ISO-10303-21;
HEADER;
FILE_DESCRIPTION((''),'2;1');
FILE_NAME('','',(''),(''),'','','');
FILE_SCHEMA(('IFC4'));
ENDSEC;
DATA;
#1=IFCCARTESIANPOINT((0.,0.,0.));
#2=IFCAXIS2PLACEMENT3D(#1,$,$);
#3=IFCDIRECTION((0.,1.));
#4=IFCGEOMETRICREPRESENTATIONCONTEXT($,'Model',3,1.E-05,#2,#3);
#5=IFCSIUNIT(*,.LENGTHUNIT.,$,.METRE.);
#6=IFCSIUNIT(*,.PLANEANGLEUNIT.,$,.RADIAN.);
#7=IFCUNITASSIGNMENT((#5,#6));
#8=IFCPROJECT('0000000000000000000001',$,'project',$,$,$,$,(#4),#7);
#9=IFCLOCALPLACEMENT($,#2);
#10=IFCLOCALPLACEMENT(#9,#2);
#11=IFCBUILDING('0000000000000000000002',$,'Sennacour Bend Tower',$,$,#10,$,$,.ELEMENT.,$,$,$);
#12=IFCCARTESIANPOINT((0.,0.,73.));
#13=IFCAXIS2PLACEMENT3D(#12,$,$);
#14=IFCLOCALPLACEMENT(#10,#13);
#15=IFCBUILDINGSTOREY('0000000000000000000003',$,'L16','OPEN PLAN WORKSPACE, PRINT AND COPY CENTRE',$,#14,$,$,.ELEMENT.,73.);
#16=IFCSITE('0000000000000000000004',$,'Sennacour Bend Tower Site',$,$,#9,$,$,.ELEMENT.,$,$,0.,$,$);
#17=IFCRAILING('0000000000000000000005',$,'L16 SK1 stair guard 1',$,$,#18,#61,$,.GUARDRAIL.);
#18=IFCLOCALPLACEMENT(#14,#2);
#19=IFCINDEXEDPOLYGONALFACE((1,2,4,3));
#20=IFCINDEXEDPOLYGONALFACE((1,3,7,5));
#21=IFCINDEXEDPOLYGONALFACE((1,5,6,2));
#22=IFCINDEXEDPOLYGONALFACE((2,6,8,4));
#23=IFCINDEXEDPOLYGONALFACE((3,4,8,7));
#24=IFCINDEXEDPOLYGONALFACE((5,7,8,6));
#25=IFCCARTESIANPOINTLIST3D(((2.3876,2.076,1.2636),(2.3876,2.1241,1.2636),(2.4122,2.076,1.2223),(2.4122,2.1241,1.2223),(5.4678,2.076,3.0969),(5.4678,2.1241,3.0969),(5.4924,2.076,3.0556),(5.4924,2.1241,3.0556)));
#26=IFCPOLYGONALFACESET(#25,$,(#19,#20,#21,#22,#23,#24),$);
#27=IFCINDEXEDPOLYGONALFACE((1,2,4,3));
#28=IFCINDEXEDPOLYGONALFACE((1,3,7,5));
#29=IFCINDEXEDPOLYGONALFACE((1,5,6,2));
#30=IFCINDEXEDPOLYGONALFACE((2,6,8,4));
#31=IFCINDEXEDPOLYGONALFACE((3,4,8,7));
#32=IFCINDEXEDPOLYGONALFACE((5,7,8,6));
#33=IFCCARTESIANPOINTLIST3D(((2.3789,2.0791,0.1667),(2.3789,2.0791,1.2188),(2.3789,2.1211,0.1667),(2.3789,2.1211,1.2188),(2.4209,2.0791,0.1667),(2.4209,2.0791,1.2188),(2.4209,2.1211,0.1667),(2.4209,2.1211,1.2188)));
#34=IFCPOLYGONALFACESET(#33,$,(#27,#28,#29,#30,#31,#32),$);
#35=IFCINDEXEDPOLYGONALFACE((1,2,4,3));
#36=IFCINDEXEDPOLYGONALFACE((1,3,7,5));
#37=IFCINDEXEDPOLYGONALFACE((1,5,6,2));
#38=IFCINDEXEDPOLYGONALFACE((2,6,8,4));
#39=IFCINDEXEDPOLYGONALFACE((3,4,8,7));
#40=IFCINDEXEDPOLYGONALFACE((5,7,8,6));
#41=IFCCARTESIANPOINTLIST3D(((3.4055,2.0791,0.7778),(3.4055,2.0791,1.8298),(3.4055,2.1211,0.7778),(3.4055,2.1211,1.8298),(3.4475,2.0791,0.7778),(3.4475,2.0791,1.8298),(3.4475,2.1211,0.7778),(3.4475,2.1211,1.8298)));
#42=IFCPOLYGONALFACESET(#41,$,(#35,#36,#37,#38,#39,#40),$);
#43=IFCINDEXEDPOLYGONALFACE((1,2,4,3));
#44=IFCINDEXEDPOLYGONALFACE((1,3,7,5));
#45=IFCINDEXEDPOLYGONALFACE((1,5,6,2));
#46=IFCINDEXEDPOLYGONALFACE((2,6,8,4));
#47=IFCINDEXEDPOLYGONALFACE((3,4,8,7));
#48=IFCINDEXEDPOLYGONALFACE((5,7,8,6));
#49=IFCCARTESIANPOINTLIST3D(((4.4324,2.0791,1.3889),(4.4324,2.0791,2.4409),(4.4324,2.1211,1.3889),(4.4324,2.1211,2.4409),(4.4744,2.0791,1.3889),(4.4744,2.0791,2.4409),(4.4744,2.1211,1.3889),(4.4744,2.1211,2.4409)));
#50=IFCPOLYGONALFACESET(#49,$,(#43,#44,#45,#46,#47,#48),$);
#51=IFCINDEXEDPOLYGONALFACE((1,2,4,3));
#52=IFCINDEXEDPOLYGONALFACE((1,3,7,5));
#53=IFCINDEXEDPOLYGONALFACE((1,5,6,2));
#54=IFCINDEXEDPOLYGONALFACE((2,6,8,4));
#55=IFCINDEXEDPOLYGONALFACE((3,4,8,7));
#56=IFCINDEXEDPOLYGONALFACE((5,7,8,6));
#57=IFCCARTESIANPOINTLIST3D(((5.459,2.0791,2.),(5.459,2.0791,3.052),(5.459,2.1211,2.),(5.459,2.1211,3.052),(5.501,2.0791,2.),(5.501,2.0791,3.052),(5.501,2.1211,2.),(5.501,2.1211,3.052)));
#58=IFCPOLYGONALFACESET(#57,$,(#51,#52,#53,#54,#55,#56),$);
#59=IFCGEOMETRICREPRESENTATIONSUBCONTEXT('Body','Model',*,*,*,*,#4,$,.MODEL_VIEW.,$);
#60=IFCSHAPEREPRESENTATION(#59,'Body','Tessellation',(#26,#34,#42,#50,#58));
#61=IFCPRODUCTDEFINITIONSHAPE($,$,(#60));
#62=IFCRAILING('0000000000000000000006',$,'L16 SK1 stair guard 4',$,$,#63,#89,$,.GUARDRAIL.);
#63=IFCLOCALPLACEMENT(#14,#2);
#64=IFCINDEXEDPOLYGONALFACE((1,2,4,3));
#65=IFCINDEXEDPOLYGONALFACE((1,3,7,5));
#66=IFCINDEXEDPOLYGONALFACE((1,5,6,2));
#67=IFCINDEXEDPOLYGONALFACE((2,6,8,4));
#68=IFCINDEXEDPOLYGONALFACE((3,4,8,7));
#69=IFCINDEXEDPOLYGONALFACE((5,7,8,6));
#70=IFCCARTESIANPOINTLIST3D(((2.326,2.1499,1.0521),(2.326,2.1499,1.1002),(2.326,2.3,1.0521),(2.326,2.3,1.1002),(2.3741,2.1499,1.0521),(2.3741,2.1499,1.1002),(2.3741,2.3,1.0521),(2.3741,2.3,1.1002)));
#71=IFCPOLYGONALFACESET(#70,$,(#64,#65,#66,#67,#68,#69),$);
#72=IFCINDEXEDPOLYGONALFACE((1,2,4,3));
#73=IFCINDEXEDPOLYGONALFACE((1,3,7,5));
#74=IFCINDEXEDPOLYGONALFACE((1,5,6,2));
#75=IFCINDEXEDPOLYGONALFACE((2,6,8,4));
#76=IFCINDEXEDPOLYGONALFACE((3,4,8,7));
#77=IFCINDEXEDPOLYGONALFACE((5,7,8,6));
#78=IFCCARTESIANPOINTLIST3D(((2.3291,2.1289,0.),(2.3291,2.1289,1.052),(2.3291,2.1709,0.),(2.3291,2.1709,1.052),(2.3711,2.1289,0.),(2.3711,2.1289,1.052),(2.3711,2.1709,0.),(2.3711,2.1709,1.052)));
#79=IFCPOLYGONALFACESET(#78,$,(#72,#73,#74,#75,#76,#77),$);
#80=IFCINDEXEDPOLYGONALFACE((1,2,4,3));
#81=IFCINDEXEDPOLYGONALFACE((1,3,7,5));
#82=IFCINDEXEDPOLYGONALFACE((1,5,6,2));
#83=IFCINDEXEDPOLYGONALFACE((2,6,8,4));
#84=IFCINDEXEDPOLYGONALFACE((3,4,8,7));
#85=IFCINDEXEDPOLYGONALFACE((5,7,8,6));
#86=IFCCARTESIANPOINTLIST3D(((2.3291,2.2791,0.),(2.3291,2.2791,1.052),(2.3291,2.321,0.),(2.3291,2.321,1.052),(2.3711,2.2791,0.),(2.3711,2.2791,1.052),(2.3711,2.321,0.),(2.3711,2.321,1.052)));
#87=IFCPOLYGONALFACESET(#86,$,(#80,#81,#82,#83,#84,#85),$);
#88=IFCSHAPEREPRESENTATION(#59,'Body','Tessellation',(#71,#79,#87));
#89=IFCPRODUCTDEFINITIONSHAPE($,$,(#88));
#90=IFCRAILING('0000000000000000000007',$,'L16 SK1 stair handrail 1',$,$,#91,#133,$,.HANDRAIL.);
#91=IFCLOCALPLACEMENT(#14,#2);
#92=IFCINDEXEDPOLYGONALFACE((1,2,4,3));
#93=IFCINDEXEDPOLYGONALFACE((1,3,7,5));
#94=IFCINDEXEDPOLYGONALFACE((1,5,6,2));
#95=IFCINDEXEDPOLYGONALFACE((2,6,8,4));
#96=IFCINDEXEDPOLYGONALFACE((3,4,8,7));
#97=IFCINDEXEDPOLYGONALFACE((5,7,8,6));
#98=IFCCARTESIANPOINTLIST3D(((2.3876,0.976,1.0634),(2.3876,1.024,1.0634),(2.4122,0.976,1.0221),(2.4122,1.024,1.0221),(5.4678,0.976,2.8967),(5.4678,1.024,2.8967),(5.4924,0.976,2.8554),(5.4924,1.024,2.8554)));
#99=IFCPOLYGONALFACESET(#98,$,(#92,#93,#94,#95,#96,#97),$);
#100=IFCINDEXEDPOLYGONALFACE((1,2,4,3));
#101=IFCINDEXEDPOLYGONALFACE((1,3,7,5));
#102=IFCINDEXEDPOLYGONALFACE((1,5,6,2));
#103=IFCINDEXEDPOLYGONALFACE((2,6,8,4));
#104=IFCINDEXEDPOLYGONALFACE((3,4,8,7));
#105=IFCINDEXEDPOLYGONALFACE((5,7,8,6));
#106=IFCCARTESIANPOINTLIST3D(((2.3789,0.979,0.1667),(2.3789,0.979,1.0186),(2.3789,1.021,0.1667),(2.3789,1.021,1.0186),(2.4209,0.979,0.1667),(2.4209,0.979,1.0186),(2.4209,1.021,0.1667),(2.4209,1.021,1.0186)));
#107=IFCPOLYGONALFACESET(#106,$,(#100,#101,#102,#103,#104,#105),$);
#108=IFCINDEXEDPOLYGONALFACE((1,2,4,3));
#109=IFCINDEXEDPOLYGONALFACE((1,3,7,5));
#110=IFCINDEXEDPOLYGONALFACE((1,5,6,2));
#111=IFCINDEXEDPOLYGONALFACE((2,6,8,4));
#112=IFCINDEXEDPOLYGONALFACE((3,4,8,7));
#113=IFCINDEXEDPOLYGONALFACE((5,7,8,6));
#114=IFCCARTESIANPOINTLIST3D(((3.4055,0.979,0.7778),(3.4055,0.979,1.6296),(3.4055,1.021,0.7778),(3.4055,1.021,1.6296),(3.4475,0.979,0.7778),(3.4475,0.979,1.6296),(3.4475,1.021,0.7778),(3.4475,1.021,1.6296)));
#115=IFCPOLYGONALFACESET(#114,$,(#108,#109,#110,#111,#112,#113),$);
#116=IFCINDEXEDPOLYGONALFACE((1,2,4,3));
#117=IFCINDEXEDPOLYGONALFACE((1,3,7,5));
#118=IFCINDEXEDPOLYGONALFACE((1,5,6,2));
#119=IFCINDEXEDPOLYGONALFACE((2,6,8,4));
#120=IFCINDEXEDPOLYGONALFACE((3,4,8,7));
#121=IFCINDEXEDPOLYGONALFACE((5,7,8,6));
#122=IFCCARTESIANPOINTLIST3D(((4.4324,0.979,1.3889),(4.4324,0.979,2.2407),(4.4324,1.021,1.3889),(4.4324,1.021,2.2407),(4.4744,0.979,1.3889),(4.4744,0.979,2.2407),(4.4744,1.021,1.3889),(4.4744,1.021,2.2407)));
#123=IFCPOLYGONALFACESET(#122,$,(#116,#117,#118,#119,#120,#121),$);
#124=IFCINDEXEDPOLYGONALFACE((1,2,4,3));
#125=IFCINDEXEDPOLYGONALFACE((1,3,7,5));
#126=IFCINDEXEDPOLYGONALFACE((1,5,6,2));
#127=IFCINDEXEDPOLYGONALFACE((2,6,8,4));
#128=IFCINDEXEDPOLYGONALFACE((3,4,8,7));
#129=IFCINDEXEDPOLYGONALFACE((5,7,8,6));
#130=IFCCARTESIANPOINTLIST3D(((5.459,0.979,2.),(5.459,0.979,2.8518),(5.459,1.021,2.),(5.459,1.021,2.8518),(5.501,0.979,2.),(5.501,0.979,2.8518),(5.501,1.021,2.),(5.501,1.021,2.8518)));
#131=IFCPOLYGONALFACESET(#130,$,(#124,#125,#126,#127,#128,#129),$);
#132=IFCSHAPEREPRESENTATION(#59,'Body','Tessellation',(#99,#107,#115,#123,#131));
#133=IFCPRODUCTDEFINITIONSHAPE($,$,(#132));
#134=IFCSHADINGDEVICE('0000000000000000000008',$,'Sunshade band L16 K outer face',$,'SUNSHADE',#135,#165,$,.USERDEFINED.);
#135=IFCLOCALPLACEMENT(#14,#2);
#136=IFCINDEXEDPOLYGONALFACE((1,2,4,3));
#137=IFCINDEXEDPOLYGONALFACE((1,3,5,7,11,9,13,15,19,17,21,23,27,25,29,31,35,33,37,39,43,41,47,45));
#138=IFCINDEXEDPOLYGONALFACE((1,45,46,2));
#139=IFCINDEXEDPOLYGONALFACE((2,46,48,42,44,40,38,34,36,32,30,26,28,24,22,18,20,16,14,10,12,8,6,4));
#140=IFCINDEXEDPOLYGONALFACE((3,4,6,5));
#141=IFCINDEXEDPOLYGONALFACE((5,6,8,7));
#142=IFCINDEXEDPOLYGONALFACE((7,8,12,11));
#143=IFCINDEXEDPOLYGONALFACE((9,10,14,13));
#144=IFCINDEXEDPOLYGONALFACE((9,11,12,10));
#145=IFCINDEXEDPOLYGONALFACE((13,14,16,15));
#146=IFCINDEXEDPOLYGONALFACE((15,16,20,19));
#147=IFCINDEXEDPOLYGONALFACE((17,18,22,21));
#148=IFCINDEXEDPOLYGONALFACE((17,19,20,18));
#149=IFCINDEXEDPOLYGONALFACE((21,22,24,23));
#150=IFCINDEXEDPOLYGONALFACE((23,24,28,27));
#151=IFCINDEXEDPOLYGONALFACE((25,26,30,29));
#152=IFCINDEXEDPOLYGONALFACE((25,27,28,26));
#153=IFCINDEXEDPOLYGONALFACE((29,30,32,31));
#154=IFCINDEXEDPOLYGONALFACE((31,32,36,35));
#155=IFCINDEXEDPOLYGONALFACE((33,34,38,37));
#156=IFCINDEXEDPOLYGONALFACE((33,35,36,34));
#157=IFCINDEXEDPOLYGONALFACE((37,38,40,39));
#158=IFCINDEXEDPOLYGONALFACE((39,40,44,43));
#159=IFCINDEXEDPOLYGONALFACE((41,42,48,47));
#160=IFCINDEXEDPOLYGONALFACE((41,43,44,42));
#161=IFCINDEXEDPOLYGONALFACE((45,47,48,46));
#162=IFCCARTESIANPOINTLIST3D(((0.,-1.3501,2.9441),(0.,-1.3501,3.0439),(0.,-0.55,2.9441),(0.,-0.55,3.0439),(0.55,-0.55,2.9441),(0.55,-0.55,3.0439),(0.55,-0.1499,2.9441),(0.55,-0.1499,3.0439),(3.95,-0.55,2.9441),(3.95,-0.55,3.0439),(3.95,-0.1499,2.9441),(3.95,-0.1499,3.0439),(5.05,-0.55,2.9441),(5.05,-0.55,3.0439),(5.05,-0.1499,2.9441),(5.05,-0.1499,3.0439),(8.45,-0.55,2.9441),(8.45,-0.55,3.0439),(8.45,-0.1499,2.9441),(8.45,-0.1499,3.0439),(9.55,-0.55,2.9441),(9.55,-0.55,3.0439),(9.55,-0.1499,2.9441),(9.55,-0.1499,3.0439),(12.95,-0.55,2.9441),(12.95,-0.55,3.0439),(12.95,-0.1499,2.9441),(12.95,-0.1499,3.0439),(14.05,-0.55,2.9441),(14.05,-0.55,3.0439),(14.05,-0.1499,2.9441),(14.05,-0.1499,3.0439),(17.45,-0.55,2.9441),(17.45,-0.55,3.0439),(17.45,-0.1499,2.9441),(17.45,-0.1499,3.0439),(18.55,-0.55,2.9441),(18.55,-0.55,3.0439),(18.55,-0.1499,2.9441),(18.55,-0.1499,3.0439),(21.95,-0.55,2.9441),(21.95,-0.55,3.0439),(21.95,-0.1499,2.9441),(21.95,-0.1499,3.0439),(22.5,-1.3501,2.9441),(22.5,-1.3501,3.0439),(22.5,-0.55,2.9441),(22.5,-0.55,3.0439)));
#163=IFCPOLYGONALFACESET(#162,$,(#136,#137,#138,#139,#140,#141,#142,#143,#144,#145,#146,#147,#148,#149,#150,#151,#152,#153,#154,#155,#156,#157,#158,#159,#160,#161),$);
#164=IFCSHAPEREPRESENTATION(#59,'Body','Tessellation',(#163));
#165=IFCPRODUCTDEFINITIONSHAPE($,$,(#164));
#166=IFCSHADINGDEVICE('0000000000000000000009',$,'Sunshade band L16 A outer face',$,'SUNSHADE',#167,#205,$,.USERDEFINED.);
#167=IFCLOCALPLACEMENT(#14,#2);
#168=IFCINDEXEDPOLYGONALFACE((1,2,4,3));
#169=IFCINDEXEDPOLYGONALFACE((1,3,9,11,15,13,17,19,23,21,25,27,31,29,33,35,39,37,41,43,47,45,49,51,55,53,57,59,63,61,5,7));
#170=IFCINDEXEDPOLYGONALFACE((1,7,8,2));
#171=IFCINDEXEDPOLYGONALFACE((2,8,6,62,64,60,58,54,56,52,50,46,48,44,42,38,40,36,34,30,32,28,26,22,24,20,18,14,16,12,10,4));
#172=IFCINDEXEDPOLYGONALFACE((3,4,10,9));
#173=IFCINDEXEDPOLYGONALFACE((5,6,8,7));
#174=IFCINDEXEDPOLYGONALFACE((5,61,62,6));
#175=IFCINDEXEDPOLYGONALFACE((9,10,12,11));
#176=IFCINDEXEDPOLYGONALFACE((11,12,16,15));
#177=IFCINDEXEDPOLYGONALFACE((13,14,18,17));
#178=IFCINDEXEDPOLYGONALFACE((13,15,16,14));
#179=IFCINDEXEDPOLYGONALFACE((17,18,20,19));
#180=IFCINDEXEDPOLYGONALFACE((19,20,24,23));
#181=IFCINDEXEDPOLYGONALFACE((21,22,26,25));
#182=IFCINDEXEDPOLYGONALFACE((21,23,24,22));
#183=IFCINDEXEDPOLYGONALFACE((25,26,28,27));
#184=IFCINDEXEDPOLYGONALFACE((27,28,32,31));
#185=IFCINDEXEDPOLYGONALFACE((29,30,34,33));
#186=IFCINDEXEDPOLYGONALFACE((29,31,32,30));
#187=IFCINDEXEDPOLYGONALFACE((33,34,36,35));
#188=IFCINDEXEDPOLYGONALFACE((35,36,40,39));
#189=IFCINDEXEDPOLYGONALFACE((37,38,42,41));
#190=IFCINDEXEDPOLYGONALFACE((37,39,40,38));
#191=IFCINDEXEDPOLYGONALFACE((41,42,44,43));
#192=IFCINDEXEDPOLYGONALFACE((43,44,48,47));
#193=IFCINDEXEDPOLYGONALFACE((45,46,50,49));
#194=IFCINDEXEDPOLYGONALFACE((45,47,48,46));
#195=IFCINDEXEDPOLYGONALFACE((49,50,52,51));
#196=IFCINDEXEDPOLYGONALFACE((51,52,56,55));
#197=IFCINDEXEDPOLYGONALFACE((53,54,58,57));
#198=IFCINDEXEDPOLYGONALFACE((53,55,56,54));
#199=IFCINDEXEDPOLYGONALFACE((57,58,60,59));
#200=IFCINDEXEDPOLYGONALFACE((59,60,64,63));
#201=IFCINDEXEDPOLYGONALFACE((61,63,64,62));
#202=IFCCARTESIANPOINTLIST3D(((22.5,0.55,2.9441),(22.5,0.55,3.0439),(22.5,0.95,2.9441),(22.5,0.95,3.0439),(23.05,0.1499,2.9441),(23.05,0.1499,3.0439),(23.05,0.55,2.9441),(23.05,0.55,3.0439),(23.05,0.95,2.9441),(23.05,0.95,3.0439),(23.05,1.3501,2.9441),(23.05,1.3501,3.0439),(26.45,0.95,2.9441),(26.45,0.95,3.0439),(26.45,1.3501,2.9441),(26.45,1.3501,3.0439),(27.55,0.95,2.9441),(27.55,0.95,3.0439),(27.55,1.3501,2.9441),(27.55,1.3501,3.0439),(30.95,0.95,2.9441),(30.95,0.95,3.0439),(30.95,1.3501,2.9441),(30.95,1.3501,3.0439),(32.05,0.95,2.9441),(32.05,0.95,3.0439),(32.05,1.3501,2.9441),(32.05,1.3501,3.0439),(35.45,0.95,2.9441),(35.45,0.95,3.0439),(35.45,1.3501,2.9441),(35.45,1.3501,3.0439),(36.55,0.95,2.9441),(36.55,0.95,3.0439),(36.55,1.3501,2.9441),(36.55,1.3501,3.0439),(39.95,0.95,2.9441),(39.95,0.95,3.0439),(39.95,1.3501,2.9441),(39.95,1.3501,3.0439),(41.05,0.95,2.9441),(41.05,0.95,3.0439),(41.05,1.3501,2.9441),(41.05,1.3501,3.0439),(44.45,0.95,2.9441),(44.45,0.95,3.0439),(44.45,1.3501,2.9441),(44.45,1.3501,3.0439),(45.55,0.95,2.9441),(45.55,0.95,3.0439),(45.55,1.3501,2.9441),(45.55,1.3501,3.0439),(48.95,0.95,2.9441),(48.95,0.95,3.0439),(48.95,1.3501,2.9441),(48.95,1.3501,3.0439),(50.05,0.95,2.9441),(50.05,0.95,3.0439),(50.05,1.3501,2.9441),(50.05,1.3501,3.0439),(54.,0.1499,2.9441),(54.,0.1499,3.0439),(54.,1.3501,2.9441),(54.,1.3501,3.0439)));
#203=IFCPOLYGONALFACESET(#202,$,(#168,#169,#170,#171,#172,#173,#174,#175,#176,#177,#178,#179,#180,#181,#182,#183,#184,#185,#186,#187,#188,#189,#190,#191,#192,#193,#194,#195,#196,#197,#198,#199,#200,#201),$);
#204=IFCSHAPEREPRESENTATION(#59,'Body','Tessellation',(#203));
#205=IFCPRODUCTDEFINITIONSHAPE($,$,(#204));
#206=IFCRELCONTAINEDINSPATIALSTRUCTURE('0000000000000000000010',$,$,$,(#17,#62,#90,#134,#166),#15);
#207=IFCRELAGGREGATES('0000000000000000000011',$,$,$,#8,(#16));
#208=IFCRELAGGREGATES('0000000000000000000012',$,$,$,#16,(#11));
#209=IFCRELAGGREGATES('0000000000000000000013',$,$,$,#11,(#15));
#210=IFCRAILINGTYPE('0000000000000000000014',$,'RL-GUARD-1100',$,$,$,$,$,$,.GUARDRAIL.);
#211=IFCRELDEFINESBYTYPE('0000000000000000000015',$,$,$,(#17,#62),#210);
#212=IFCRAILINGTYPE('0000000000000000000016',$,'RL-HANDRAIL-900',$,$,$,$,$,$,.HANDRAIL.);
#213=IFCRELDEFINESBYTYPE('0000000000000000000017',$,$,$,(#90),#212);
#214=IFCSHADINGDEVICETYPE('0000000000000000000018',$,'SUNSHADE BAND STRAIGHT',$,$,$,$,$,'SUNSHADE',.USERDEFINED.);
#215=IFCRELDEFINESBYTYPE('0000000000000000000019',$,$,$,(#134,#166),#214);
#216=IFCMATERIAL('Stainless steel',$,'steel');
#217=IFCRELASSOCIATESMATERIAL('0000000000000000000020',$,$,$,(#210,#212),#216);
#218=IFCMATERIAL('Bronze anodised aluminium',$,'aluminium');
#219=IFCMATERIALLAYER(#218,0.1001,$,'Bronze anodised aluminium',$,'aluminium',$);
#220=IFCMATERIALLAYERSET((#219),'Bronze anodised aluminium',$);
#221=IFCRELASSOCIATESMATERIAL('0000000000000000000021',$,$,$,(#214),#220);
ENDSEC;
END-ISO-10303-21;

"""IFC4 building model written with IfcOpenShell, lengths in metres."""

from ifc_helpers import new_model, si_unit, direction, frame, origin, origin_2d, place, context, subcontext, project, spatial, polyline, rectangle, outline, extrude, material, layer, layer_set, type_object, element, save


model = new_model("IFC4")

# Units and contexts
model_context = context("Model", 3, precision=1e-05, world=origin(), true_north=direction((0.0, 1.0)))
body_context = subcontext(model_context, "Body", "Model", "MODEL_VIEW")
ifc_project = project(units=[si_unit("LENGTHUNIT", "METRE"), si_unit("PLANEANGLEUNIT", "RADIAN")], contexts=[model_context])

# Site, building, storey
site_placement = place(None, origin())
site = spatial("IfcSite", under=ifc_project, at=site_placement, Name="Sennacour Bend Tower Site", CompositionType="ELEMENT", RefElevation=0.0)
building_placement = place(site_placement, origin())
building = spatial("IfcBuilding", under=site, at=building_placement, Name="Sennacour Bend Tower", CompositionType="ELEMENT")
storey_placement = place(building_placement, frame((0.0, 0.0, 73.0)))
storey = spatial("IfcBuildingStorey", under=building, at=storey_placement, Name="L16", Description="OPEN PLAN WORKSPACE, PRINT AND COPY CENTRE", CompositionType="ELEMENT", Elevation=73.0)

# Railings
ifc_material_1 = material(Name="Stainless steel", Category="steel")
railing_type_1 = type_object("IfcRailingType", Name="RL-GUARD-1100", PredefinedType="GUARDRAIL", material=ifc_material_1)
railing_1_placement = place(storey_placement, frame((2.3999, 2.1001, 0.1667)))
element("IfcRailing", 1, at=railing_1_placement, inside=storey, type_object=railing_type_1, Name="L16 SK1 stair guard 1", PredefinedType="GUARDRAIL", context=body_context, shape_type="SweptSolid", body=[
    extrude(rectangle(XDim=0.0481, YDim=0.0481, at=origin_2d()), frame((0.0, 0.0, 1.0762), z_axis=(0.859309, 0.0, 0.511458), x_axis=(0.0, 1.0, 0.0)), (0.0, 0.0, 1.0), 3.5845),
    extrude(rectangle(XDim=0.042, YDim=0.042, at=origin_2d()), origin(), (0.0, 0.0, 1.0), 1.052),
    extrude(rectangle(XDim=0.042, YDim=0.042, at=origin_2d()), frame((1.0266, 0.0, 0.6111)), (0.0, 0.0, 1.0), 1.052),
    extrude(rectangle(XDim=0.042, YDim=0.042, at=origin_2d()), frame((2.0535, 0.0, 1.2222)), (0.0, 0.0, 1.0), 1.052),
    extrude(rectangle(XDim=0.042, YDim=0.042, at=origin_2d()), frame((3.0801, 0.0, 1.8333)), (0.0, 0.0, 1.0), 1.052),
])
railing_2_placement = place(storey_placement, frame((2.3501, 2.1499, 0.0)))
element("IfcRailing", 2, at=railing_2_placement, inside=storey, type_object=railing_type_1, Name="L16 SK1 stair guard 4", PredefinedType="GUARDRAIL", context=body_context, shape_type="SweptSolid", body=[
    extrude(rectangle(XDim=0.0481, YDim=0.0481, at=origin_2d()), frame((0.0, 0.0, 1.0762), z_axis=(0.0, 1.0, 0.0), x_axis=(-1.0, 0.0, 0.0)), (0.0, 0.0, 1.0), 0.1501),
    extrude(rectangle(XDim=0.042, YDim=0.042, at=origin_2d()), origin(), (0.0, 0.0, 1.0), 1.052),
    extrude(rectangle(XDim=0.042, YDim=0.042, at=origin_2d()), frame((0.0, 0.1501, 0.0)), (0.0, 0.0, 1.0), 1.052),
])
railing_type_2 = type_object("IfcRailingType", Name="RL-HANDRAIL-900", PredefinedType="HANDRAIL", material=ifc_material_1)
railing_3_placement = place(storey_placement, frame((2.3999, 1.0, 0.1667)))
element("IfcRailing", 3, at=railing_3_placement, inside=storey, type_object=railing_type_2, Name="L16 SK1 stair handrail 1", PredefinedType="HANDRAIL", context=body_context, shape_type="SweptSolid", body=[
    extrude(rectangle(XDim=0.0481, YDim=0.0481, at=origin_2d()), frame((0.0, 0.0, 0.876), z_axis=(0.859309, 0.0, 0.511458), x_axis=(0.0, 1.0, 0.0)), (0.0, 0.0, 1.0), 3.5845),
    extrude(rectangle(XDim=0.042, YDim=0.042, at=origin_2d()), origin(), (0.0, 0.0, 1.0), 0.8518),
    extrude(rectangle(XDim=0.042, YDim=0.042, at=origin_2d()), frame((1.0266, 0.0, 0.6111)), (0.0, 0.0, 1.0), 0.8518),
    extrude(rectangle(XDim=0.042, YDim=0.042, at=origin_2d()), frame((2.0535, 0.0, 1.2222)), (0.0, 0.0, 1.0), 0.8518),
    extrude(rectangle(XDim=0.042, YDim=0.042, at=origin_2d()), frame((3.0801, 0.0, 1.8333)), (0.0, 0.0, 1.0), 0.8518),
])

# Shading devices
ifc_material_2 = material(Name="Bronze anodised aluminium", Category="aluminium")
ifc_layer_1 = layer(ifc_material_2, 0.1001, Name="Bronze anodised aluminium", Category="aluminium")
ifc_layer_set_1 = layer_set([ifc_layer_1], Name="Bronze anodised aluminium")
shading_device_type_1 = type_object("IfcShadingDeviceType", Name="SUNSHADE BAND STRAIGHT", ElementType="SUNSHADE", PredefinedType="USERDEFINED", material=ifc_layer_set_1)
shading_device_1_placement = place(storey_placement, frame((0.0, 0.0, 2.9441)))
element("IfcShadingDevice", 4, at=shading_device_1_placement, inside=storey, type_object=shading_device_type_1, Name="Sunshade band L16 K outer face", ObjectType="SUNSHADE", PredefinedType="USERDEFINED", context=body_context, shape_type="SweptSolid", body=[
    extrude(outline(polyline([(3.95, -0.1499), (3.95, -0.55), (5.05, -0.55), (5.05, -0.1499), (8.45, -0.1499), (8.45, -0.55), (9.55, -0.55), (9.55, -0.1499), (12.95, -0.1499), (12.95, -0.55), (14.05, -0.55), (14.05, -0.1499), (17.45, -0.1499), (17.45, -0.55), (18.55, -0.55), (18.55, -0.1499), (21.95, -0.1499), (21.95, -0.55), (22.5, -0.55), (22.5, -1.3501), (0.0, -1.3501), (0.0, -0.55), (0.55, -0.55), (0.55, -0.1499), (3.95, -0.1499)])), origin(), (0.0, 0.0, 1.0), 0.0999),
])
shading_device_2_placement = place(storey_placement, frame((0.0, 0.0, 2.9441)))
element("IfcShadingDevice", 5, at=shading_device_2_placement, inside=storey, type_object=shading_device_type_1, Name="Sunshade band L16 A outer face", ObjectType="SUNSHADE", PredefinedType="USERDEFINED", context=body_context, shape_type="SweptSolid", body=[
    extrude(outline(polyline([(26.45, 1.3501), (26.45, 0.95), (27.55, 0.95), (27.55, 1.3501), (30.95, 1.3501), (30.95, 0.95), (32.05, 0.95), (32.05, 1.3501), (35.45, 1.3501), (35.45, 0.95), (36.55, 0.95), (36.55, 1.3501), (39.95, 1.3501), (39.95, 0.95), (41.05, 0.95), (41.05, 1.3501), (44.45, 1.3501), (44.45, 0.95), (45.55, 0.95), (45.55, 1.3501), (48.95, 1.3501), (48.95, 0.95), (50.05, 0.95), (50.05, 1.3501), (54.0, 1.3501), (54.0, 0.1499), (23.05, 0.1499), (23.05, 0.55), (22.5, 0.55), (22.5, 0.95), (23.05, 0.95), (23.05, 1.3501), (26.45, 1.3501)])), origin(), (0.0, 0.0, 1.0), 0.0999),
])

save(model, "model.ifc")
